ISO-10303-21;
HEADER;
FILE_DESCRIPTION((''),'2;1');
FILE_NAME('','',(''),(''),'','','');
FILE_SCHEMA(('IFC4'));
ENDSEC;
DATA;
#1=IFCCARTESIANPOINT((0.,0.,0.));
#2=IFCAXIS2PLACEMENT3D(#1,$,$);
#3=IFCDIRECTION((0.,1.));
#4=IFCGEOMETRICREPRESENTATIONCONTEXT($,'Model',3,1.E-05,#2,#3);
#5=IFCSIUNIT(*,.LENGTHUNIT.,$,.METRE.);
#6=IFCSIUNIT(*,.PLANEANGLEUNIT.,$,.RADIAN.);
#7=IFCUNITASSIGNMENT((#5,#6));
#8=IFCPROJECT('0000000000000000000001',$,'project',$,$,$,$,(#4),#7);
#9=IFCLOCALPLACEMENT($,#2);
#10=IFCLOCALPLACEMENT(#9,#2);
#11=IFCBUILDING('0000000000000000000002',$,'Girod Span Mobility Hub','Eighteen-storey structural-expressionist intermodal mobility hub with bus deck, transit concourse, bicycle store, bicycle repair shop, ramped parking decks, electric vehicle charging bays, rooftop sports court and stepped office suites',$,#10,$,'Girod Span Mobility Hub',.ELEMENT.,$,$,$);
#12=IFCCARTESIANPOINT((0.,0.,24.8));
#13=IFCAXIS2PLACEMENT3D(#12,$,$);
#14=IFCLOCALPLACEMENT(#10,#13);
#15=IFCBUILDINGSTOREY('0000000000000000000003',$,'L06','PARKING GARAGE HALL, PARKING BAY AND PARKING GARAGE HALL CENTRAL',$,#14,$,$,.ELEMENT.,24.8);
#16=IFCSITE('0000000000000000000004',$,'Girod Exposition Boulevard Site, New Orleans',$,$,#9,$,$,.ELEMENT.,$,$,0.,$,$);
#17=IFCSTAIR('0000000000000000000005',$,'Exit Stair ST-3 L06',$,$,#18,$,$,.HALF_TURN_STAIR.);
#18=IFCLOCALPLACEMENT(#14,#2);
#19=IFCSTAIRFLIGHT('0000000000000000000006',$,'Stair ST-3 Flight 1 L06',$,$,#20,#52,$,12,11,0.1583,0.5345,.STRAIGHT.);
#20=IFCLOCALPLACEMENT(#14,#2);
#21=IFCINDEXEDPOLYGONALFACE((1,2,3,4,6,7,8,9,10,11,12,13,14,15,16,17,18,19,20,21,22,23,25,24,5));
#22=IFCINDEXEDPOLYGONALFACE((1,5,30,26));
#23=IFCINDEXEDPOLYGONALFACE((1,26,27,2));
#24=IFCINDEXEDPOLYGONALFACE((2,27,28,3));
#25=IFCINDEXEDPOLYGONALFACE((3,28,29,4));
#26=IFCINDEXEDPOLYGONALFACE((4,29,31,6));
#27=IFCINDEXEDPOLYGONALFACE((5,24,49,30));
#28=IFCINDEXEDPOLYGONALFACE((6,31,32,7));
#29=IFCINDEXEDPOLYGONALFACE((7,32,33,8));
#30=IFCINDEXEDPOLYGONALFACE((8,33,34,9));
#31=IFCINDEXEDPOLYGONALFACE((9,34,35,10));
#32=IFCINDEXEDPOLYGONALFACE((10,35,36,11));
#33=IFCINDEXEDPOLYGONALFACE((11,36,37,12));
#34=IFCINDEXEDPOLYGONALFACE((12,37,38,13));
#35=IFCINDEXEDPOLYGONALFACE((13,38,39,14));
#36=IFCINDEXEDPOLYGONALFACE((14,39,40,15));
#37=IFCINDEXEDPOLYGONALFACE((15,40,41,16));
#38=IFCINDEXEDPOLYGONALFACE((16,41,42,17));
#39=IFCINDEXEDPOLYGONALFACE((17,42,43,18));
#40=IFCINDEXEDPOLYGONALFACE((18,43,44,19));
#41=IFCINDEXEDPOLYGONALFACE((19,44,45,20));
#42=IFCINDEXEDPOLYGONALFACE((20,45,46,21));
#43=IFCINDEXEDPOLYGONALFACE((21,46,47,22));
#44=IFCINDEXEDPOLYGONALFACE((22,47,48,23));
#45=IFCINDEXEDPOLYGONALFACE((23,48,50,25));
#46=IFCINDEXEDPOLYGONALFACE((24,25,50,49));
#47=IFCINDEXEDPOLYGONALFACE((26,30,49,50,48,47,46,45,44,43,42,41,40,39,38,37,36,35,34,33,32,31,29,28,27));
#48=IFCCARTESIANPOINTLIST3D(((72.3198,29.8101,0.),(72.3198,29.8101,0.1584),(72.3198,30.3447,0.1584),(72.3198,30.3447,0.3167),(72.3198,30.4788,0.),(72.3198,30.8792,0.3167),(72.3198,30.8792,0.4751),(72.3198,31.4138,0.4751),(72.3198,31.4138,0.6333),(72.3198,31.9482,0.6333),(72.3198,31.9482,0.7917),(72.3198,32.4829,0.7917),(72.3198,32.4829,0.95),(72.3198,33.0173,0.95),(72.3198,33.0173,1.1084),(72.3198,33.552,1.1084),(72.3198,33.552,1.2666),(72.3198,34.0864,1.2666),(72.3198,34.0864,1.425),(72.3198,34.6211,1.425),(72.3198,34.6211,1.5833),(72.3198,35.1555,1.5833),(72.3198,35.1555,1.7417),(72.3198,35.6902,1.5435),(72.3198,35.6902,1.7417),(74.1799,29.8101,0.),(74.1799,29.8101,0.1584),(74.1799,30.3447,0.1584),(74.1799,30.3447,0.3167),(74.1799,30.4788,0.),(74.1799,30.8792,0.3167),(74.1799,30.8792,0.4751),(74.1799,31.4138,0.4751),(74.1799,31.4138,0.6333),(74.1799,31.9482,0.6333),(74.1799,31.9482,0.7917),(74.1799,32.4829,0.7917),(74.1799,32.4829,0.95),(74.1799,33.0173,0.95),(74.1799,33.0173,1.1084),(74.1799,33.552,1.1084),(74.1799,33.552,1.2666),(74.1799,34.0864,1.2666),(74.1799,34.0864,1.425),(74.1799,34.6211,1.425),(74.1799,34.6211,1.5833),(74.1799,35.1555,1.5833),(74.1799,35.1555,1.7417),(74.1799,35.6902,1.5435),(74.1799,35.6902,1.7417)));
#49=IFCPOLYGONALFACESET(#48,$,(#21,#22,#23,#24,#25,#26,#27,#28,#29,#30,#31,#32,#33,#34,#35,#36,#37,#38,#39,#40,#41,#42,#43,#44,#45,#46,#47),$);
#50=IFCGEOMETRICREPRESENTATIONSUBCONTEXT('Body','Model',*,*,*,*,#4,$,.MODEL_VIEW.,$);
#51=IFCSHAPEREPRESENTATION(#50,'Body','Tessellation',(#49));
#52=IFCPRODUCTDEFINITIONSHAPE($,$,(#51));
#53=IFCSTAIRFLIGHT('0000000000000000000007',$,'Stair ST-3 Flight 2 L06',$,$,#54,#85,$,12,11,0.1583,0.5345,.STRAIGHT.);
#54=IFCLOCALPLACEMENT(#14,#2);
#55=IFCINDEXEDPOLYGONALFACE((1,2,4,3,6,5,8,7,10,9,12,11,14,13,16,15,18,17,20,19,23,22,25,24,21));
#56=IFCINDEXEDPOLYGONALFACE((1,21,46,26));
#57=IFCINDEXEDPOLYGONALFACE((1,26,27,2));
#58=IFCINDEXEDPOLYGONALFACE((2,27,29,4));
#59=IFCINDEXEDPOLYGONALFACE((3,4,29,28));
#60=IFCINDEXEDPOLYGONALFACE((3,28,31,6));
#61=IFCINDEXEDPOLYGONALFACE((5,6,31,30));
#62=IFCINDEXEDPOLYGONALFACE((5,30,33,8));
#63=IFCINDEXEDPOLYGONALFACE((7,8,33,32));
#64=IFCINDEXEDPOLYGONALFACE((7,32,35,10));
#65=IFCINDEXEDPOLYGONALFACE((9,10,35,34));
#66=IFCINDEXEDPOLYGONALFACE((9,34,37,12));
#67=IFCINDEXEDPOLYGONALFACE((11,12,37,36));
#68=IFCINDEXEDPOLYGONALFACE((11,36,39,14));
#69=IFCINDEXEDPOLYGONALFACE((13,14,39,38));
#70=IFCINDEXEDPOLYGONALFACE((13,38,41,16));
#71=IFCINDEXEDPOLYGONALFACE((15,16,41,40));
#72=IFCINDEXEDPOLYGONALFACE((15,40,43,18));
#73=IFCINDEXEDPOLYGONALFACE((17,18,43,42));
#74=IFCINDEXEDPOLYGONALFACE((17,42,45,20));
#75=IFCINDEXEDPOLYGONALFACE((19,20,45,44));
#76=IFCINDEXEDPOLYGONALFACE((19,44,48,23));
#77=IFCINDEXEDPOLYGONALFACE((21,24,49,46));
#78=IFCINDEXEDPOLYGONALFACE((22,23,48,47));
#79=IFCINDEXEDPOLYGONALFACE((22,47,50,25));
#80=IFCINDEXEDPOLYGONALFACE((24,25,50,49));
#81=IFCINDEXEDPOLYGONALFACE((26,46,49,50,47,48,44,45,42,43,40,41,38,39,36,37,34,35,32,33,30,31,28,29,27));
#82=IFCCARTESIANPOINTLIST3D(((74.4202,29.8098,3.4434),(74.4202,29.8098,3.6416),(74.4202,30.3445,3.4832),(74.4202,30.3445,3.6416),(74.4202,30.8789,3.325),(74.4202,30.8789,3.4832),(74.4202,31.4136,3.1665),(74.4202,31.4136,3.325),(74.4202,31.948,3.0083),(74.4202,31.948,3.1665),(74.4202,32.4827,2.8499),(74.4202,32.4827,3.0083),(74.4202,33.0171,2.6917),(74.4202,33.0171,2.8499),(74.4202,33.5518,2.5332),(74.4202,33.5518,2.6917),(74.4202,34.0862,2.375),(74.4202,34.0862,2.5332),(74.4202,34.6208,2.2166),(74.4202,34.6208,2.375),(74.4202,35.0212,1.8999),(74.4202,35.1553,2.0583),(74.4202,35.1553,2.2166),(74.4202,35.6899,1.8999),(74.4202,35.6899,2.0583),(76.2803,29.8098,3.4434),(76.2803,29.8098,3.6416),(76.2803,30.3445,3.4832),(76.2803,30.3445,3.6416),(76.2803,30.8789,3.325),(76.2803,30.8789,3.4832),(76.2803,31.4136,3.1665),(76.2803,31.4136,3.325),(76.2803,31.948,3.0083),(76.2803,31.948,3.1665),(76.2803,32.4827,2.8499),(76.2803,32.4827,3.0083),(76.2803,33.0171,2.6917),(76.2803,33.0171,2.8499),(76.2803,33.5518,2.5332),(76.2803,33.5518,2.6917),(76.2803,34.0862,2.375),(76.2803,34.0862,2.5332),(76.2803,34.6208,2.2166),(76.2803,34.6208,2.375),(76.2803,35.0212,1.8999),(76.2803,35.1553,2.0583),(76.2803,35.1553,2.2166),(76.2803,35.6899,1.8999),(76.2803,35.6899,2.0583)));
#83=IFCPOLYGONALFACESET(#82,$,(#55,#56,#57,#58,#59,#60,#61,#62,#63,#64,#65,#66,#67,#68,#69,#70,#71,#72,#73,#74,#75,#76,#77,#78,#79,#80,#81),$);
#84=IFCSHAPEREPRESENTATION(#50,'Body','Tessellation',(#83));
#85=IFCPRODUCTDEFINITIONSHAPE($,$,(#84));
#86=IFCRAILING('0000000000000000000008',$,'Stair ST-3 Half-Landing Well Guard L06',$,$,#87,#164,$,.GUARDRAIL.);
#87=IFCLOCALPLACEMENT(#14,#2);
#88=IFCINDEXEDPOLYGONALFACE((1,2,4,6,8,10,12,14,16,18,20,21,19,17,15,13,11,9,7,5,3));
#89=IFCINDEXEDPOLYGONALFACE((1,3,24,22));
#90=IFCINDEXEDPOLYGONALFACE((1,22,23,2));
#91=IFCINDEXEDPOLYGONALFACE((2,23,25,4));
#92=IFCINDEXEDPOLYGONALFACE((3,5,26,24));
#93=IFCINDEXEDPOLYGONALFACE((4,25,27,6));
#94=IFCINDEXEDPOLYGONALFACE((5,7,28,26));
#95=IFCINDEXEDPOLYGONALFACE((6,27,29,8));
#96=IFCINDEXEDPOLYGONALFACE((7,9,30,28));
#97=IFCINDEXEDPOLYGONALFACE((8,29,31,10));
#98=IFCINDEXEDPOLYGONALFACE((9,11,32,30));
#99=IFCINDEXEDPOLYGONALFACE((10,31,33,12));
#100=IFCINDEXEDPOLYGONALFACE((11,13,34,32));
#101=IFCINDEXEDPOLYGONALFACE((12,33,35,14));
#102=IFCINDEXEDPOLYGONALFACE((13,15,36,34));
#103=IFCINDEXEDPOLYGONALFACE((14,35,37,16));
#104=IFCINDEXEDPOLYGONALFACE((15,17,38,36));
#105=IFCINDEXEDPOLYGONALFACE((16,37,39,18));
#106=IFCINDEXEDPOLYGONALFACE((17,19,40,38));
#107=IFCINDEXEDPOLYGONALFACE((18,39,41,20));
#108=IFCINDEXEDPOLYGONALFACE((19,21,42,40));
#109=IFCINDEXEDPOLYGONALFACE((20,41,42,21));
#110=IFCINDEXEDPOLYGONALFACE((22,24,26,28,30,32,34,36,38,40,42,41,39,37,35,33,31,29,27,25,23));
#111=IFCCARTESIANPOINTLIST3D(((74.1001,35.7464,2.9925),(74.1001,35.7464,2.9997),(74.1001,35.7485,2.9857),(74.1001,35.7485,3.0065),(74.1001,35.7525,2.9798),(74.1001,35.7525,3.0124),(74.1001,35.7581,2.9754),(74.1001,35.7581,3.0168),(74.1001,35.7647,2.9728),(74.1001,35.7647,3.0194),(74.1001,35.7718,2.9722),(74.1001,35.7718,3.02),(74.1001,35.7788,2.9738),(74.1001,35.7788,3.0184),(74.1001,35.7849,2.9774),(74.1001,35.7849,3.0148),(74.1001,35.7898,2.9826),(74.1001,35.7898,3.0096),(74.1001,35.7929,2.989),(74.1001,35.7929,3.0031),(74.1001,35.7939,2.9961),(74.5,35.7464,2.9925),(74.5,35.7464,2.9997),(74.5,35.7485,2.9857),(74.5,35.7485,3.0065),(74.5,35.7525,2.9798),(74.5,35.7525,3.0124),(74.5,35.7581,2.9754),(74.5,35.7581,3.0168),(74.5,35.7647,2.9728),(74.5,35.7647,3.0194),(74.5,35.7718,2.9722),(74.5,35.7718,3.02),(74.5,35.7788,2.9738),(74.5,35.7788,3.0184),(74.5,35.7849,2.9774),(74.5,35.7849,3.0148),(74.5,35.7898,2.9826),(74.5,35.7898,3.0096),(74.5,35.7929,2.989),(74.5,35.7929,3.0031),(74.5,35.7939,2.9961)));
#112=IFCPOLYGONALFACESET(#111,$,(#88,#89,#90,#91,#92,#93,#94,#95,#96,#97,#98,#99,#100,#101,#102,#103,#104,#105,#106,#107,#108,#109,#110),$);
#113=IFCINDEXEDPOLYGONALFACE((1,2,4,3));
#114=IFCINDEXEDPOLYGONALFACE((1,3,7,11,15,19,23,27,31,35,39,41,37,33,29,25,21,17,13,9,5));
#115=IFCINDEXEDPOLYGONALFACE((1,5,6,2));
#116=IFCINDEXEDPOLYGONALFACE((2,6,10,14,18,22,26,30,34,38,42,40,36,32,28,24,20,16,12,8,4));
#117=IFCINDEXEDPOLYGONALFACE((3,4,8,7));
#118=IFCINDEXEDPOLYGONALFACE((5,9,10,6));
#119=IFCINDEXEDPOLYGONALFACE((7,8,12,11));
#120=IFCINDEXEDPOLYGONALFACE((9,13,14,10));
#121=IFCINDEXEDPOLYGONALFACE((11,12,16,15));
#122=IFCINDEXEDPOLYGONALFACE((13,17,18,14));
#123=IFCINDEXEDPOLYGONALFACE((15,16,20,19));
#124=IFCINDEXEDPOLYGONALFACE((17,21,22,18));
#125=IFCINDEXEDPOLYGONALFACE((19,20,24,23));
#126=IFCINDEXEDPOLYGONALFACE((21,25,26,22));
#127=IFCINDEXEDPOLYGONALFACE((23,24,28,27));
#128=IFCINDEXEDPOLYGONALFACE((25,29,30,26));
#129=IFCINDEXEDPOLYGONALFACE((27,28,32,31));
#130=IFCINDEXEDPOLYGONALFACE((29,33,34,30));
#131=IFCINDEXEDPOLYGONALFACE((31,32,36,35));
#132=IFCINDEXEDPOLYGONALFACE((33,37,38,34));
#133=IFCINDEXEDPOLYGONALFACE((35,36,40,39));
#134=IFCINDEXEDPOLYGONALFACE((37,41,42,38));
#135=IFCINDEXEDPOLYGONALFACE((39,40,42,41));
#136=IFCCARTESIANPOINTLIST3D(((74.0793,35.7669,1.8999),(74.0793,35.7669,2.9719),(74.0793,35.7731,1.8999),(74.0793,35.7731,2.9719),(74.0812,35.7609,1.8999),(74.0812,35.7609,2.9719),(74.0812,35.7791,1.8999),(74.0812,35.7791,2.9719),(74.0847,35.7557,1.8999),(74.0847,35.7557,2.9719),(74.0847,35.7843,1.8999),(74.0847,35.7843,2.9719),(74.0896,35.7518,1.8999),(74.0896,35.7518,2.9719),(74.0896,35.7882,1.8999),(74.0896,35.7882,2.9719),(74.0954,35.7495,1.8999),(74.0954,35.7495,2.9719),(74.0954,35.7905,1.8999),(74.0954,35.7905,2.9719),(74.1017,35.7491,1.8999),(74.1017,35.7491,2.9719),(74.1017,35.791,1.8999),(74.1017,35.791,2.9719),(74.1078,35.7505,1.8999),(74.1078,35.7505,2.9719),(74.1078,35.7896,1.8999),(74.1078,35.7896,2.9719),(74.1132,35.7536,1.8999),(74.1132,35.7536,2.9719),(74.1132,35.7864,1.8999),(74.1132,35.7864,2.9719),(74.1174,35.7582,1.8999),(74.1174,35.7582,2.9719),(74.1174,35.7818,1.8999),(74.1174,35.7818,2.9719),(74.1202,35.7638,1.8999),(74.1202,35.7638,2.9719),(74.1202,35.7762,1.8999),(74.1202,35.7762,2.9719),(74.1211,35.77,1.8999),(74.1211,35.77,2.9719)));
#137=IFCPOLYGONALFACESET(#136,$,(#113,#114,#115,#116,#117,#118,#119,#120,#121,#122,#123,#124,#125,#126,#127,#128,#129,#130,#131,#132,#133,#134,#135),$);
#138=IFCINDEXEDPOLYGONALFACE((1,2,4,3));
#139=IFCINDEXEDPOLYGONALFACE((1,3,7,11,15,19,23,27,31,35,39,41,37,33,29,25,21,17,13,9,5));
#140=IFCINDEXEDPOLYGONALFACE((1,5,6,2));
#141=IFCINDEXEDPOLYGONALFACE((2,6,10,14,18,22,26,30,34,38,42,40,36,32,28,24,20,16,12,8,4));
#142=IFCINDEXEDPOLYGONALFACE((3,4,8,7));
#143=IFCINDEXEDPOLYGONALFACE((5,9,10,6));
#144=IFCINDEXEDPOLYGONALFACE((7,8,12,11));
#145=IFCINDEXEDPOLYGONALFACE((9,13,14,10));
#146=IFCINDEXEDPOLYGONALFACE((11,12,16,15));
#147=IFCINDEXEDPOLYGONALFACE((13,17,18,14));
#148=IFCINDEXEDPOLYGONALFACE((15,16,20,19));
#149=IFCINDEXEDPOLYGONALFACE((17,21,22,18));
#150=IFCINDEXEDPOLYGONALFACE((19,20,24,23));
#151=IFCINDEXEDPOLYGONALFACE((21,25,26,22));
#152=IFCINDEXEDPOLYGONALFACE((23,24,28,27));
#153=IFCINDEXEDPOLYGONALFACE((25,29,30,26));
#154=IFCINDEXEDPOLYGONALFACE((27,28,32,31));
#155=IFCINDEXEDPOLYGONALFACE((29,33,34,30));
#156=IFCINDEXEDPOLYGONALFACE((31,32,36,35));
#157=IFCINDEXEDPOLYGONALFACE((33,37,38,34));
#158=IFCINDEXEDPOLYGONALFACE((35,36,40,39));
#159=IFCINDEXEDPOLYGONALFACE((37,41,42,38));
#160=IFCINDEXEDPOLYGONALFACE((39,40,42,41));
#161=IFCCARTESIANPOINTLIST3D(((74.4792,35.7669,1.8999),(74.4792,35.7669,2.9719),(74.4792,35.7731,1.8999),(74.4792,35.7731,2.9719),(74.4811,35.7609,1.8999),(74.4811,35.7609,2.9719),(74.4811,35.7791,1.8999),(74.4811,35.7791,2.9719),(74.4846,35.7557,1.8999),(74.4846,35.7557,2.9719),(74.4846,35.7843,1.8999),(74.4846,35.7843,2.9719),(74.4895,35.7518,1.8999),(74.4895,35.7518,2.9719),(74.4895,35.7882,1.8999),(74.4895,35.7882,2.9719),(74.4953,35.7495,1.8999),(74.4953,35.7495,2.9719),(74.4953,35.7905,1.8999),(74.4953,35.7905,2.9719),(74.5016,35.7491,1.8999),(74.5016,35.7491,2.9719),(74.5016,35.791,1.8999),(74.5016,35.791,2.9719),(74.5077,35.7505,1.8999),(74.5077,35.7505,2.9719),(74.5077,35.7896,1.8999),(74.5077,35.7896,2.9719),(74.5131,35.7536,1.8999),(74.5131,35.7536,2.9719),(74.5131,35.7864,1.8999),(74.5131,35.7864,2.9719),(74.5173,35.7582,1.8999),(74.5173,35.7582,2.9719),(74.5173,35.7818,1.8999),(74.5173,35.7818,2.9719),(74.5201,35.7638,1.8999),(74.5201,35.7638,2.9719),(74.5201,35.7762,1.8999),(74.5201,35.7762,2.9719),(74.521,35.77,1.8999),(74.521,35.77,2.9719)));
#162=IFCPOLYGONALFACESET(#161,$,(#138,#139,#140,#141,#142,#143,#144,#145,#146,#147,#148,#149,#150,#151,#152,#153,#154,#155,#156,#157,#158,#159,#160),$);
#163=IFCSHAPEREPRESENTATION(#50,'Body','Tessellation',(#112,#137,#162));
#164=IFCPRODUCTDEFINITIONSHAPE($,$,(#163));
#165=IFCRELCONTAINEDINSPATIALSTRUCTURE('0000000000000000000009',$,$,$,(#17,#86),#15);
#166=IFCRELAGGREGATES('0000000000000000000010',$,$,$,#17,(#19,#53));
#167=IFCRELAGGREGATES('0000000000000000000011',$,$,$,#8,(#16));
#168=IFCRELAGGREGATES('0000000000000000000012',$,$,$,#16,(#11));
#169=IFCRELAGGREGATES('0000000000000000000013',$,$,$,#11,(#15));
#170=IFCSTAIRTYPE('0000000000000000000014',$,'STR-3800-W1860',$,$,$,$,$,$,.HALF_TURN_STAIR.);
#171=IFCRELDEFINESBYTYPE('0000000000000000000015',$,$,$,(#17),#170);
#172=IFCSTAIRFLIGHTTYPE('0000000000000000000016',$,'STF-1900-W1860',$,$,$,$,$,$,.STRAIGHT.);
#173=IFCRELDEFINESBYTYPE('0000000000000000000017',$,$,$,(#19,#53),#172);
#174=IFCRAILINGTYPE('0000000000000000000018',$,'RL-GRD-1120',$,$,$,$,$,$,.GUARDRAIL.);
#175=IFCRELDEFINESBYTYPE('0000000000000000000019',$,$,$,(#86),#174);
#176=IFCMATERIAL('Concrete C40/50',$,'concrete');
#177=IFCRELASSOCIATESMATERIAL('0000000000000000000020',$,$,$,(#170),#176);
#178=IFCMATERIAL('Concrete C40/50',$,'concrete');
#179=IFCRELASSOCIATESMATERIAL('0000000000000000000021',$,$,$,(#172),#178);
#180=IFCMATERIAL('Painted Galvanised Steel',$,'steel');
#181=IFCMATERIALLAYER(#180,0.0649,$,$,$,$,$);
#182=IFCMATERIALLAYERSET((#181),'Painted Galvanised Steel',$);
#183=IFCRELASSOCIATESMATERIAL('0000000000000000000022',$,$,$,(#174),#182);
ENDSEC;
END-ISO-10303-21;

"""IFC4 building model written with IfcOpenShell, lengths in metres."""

from ifc_helpers import new_model, si_unit, direction, frame, origin, origin_2d, place, context, subcontext, project, spatial, polyline, circle, outline, extrude, material, layer, layer_set, type_object, element, aggregate, save


model = new_model("IFC4")

# Units and contexts
model_context = context("Model", 3, precision=1e-05, world=origin(), true_north=direction((0.0, 1.0)))
body_context = subcontext(model_context, "Body", "Model", "MODEL_VIEW")
ifc_project = project(units=[si_unit("LENGTHUNIT", "METRE"), si_unit("PLANEANGLEUNIT", "RADIAN")], contexts=[model_context])

# Site, building, storey
site_placement = place(None, origin())
site = spatial("IfcSite", under=ifc_project, at=site_placement, Name="Girod Exposition Boulevard Site, New Orleans", CompositionType="ELEMENT", RefElevation=0.0)
building_placement = place(site_placement, origin())
building = spatial("IfcBuilding", under=site, at=building_placement, Name="Girod Span Mobility Hub", Description="Eighteen-storey structural-expressionist intermodal mobility hub with bus deck, transit concourse, bicycle store, bicycle repair shop, ramped parking decks, electric vehicle charging bays, rooftop sports court and stepped office suites", LongName="Girod Span Mobility Hub", CompositionType="ELEMENT")
storey_placement = place(building_placement, frame((0.0, 0.0, 24.8)))
storey = spatial("IfcBuildingStorey", under=building, at=storey_placement, Name="L06", Description="PARKING GARAGE HALL, PARKING BAY AND PARKING GARAGE HALL CENTRAL", CompositionType="ELEMENT", Elevation=24.8)

# Stair, stair flights
ifc_material_1 = material(Name="Concrete C40/50", Category="concrete")
stair_type = type_object("IfcStairType", Name="STR-3800-W1860", PredefinedType="HALF_TURN_STAIR", material=ifc_material_1)
stair_placement = place(storey_placement, origin())
stair = element("IfcStair", 1, at=stair_placement, inside=storey, type_object=stair_type, Name="Exit Stair ST-3 L06", PredefinedType="HALF_TURN_STAIR")
ifc_material_2 = material(Name="Concrete C40/50", Category="concrete")
stair_flight_type = type_object("IfcStairFlightType", Name="STF-1900-W1860", PredefinedType="STRAIGHT", material=ifc_material_2)
stair_flight_1_placement = place(storey_placement, frame((73.25, 29.8101, 0.0), z_axis=(0.0, 0.0, 1.0), x_axis=(0.0, 1.0, 0.0)))
stair_flight_1 = element("IfcStairFlight", 2, at=stair_flight_1_placement, type_object=stair_flight_type, Name="Stair ST-3 Flight 1 L06", NumberOfRisers=12, NumberOfTreads=11, PredefinedType="STRAIGHT", RiserHeight=0.1583, TreadLength=0.5345, context=body_context, shape_type="SweptSolid", body=[
    extrude(outline(polyline([(0.0, 0.0), (0.0, 0.1584), (0.5347, 0.1584), (0.5347, 0.3167), (1.0691, 0.3167), (1.0691, 0.4751), (1.6038, 0.4751), (1.6038, 0.6333), (2.1382, 0.6333), (2.1382, 0.7917), (2.6729, 0.7917), (2.6729, 0.95), (3.2073, 0.95), (3.2073, 1.1084), (3.7419, 1.1084), (3.7419, 1.2666), (4.2764, 1.2666), (4.2764, 1.425), (4.811, 1.425), (4.811, 1.5833), (5.3455, 1.5833), (5.3455, 1.7417), (5.8801, 1.7417), (5.8801, 1.8999), (5.8801, 1.5435), (0.6687, 0.0), (0.0, 0.0)])), frame((0.0, 0.9302, 0.0), z_axis=(0.0, -1.0, 0.0), x_axis=(1.0, 0.0, 0.0)), (0.0, 0.0, 1.0), 1.8601),
])
stair_flight_2_placement = place(storey_placement, frame((75.3501, 35.6899, 1.8999), z_axis=(0.0, 0.0, 1.0), x_axis=(0.0, -1.0, 0.0)))
stair_flight_2 = element("IfcStairFlight", 3, at=stair_flight_2_placement, type_object=stair_flight_type, Name="Stair ST-3 Flight 2 L06", NumberOfRisers=12, NumberOfTreads=11, PredefinedType="STRAIGHT", RiserHeight=0.1583, TreadLength=0.5345, context=body_context, shape_type="SweptSolid", body=[
    extrude(outline(polyline([(0.0, 0.0), (0.0, 0.1584), (0.5347, 0.1584), (0.5347, 0.3167), (1.0691, 0.3167), (1.0691, 0.4751), (1.6038, 0.4751), (1.6038, 0.6333), (2.1382, 0.6333), (2.1382, 0.7917), (2.6729, 0.7917), (2.6729, 0.95), (3.2073, 0.95), (3.2073, 1.1084), (3.7419, 1.1084), (3.7419, 1.2666), (4.2764, 1.2666), (4.2764, 1.425), (4.811, 1.425), (4.811, 1.5833), (5.3455, 1.5833), (5.3455, 1.7417), (5.8801, 1.7417), (5.8801, 1.8999), (5.8801, 1.5435), (0.6687, 0.0), (0.0, 0.0)])), frame((0.0, 0.9302, 0.0), z_axis=(0.0, -1.0, 0.0), x_axis=(1.0, 0.0, 0.0)), (0.0, 0.0, 1.0), 1.8601),
])
aggregate(stair, [stair_flight_1, stair_flight_2])

# Railing
ifc_material_3 = material(Name="Painted Galvanised Steel", Category="steel")
ifc_layer_1 = layer(ifc_material_3, 0.0649)
ifc_layer_set_1 = layer_set([ifc_layer_1], Name="Painted Galvanised Steel")
railing_type_1 = type_object("IfcRailingType", Name="RL-GRD-1120", PredefinedType="GUARDRAIL", material=ifc_layer_set_1)
for number, where, name in (
    (4, (74.1001, 35.77, 1.8999), "Stair ST-3 Half-Landing Well Guard L06"),
):
    element("IfcRailing", number, at=place(storey_placement, frame(where)), inside=storey, type_object=railing_type_1, Name=name, PredefinedType="GUARDRAIL", context=body_context, shape_type="SweptSolid", body=[
        extrude(circle(Radius=0.0239, at=origin_2d()), frame((0.0, 0.0, 1.0962), z_axis=(1.0, 0.0, 0.0), x_axis=(0.0, 1.0, 0.0)), (0.0, 0.0, 1.0), 0.3999),
        extrude(circle(Radius=0.021, at=origin_2d()), origin(), (0.0, 0.0, 1.0), 1.072),
        extrude(circle(Radius=0.021, at=origin_2d()), frame((0.3999, 0.0, 0.0)), (0.0, 0.0, 1.0), 1.072),
    ])

save(model, "model.ifc")
